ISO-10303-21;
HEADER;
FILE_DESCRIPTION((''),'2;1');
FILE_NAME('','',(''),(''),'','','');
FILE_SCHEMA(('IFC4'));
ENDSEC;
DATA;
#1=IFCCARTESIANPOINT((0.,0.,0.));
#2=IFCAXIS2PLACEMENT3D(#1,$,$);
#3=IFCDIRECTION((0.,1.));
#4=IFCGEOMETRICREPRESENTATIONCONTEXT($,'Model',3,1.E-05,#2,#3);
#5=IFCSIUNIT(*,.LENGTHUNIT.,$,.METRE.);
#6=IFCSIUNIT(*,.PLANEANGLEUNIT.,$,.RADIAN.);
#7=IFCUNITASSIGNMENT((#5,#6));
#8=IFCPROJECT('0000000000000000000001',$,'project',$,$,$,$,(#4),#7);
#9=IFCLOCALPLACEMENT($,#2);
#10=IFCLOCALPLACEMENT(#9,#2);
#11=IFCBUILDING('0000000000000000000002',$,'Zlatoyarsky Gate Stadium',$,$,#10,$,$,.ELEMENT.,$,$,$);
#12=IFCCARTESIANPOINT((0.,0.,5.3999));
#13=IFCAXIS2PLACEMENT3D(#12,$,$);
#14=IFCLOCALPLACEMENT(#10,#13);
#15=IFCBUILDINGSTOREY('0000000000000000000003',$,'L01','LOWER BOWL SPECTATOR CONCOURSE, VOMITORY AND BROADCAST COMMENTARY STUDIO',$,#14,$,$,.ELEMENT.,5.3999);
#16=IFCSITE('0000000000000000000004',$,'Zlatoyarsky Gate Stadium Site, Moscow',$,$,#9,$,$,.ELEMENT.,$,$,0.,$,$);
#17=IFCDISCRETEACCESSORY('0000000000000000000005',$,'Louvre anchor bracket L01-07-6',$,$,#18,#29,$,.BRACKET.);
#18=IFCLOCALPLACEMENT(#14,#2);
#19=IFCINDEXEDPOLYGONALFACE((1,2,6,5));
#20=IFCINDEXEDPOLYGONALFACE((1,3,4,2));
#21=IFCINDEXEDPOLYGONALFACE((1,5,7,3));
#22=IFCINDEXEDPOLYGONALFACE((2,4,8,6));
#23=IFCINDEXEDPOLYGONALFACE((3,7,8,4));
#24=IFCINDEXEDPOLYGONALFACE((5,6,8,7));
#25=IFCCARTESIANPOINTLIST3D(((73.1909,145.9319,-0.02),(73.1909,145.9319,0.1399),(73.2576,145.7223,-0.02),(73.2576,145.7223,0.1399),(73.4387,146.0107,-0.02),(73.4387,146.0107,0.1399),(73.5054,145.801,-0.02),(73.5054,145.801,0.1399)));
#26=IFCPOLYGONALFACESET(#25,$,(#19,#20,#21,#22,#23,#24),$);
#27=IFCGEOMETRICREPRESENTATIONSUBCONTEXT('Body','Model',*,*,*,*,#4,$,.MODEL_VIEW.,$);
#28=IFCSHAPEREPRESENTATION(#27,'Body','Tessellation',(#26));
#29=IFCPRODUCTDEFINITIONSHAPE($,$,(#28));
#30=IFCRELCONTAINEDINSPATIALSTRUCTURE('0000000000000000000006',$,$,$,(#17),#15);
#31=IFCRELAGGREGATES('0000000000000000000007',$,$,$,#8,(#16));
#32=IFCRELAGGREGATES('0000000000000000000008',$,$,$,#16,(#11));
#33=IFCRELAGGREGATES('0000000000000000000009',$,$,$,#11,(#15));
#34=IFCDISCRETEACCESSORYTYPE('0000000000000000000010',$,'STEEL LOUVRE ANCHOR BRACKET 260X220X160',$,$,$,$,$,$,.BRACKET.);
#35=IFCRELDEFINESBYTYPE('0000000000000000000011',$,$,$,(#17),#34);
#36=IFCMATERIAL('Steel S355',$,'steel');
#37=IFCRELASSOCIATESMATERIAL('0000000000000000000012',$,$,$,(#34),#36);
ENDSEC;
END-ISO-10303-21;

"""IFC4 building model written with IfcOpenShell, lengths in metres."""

from ifc_helpers import new_model, si_unit, direction, frame, origin, origin_2d, place, context, subcontext, project, spatial, rectangle, extrude, material, type_object, element, save


model = new_model("IFC4")

# Units and contexts
model_context = context("Model", 3, precision=1e-05, world=origin(), true_north=direction((0.0, 1.0)))
body_context = subcontext(model_context, "Body", "Model", "MODEL_VIEW")
ifc_project = project(units=[si_unit("LENGTHUNIT", "METRE"), si_unit("PLANEANGLEUNIT", "RADIAN")], contexts=[model_context])

# Site, building, storey
site_placement = place(None, origin())
site = spatial("IfcSite", under=ifc_project, at=site_placement, Name="Zlatoyarsky Gate Stadium Site, Moscow", CompositionType="ELEMENT", RefElevation=0.0)
building_placement = place(site_placement, origin())
building = spatial("IfcBuilding", under=site, at=building_placement, Name="Zlatoyarsky Gate Stadium", CompositionType="ELEMENT")
storey_placement = place(building_placement, frame((0.0, 0.0, 5.3999)))
storey = spatial("IfcBuildingStorey", under=building, at=storey_placement, Name="L01", Description="LOWER BOWL SPECTATOR CONCOURSE, VOMITORY AND BROADCAST COMMENTARY STUDIO", CompositionType="ELEMENT", Elevation=5.3999)

# Shared definitions
ifc_material_1 = material(Name="Steel S355", Category="steel")

# Discrete accessory
discrete_accessory_type = type_object("IfcDiscreteAccessoryType", Name="STEEL LOUVRE ANCHOR BRACKET 260X220X160", PredefinedType="BRACKET", material=ifc_material_1)
for number, where, z_axis, x_axis, name in (
    (1, (73.3481, 145.8665, -0.02), (0.0, 0.0, 1.0), (-0.953026, -0.302887, 0.0), "Louvre anchor bracket L01-07-6"),
):
    element("IfcDiscreteAccessory", number, at=place(storey_placement, frame(where, z_axis=z_axis, x_axis=x_axis)), inside=storey, type_object=discrete_accessory_type, Name=name, PredefinedType="BRACKET", context=body_context, shape_type="SweptSolid", body=[
        extrude(rectangle(XDim=0.26, YDim=0.22, at=origin_2d()), origin(), (0.0, 0.0, 1.0), 0.1599),
    ])

save(model, "model.ifc")
